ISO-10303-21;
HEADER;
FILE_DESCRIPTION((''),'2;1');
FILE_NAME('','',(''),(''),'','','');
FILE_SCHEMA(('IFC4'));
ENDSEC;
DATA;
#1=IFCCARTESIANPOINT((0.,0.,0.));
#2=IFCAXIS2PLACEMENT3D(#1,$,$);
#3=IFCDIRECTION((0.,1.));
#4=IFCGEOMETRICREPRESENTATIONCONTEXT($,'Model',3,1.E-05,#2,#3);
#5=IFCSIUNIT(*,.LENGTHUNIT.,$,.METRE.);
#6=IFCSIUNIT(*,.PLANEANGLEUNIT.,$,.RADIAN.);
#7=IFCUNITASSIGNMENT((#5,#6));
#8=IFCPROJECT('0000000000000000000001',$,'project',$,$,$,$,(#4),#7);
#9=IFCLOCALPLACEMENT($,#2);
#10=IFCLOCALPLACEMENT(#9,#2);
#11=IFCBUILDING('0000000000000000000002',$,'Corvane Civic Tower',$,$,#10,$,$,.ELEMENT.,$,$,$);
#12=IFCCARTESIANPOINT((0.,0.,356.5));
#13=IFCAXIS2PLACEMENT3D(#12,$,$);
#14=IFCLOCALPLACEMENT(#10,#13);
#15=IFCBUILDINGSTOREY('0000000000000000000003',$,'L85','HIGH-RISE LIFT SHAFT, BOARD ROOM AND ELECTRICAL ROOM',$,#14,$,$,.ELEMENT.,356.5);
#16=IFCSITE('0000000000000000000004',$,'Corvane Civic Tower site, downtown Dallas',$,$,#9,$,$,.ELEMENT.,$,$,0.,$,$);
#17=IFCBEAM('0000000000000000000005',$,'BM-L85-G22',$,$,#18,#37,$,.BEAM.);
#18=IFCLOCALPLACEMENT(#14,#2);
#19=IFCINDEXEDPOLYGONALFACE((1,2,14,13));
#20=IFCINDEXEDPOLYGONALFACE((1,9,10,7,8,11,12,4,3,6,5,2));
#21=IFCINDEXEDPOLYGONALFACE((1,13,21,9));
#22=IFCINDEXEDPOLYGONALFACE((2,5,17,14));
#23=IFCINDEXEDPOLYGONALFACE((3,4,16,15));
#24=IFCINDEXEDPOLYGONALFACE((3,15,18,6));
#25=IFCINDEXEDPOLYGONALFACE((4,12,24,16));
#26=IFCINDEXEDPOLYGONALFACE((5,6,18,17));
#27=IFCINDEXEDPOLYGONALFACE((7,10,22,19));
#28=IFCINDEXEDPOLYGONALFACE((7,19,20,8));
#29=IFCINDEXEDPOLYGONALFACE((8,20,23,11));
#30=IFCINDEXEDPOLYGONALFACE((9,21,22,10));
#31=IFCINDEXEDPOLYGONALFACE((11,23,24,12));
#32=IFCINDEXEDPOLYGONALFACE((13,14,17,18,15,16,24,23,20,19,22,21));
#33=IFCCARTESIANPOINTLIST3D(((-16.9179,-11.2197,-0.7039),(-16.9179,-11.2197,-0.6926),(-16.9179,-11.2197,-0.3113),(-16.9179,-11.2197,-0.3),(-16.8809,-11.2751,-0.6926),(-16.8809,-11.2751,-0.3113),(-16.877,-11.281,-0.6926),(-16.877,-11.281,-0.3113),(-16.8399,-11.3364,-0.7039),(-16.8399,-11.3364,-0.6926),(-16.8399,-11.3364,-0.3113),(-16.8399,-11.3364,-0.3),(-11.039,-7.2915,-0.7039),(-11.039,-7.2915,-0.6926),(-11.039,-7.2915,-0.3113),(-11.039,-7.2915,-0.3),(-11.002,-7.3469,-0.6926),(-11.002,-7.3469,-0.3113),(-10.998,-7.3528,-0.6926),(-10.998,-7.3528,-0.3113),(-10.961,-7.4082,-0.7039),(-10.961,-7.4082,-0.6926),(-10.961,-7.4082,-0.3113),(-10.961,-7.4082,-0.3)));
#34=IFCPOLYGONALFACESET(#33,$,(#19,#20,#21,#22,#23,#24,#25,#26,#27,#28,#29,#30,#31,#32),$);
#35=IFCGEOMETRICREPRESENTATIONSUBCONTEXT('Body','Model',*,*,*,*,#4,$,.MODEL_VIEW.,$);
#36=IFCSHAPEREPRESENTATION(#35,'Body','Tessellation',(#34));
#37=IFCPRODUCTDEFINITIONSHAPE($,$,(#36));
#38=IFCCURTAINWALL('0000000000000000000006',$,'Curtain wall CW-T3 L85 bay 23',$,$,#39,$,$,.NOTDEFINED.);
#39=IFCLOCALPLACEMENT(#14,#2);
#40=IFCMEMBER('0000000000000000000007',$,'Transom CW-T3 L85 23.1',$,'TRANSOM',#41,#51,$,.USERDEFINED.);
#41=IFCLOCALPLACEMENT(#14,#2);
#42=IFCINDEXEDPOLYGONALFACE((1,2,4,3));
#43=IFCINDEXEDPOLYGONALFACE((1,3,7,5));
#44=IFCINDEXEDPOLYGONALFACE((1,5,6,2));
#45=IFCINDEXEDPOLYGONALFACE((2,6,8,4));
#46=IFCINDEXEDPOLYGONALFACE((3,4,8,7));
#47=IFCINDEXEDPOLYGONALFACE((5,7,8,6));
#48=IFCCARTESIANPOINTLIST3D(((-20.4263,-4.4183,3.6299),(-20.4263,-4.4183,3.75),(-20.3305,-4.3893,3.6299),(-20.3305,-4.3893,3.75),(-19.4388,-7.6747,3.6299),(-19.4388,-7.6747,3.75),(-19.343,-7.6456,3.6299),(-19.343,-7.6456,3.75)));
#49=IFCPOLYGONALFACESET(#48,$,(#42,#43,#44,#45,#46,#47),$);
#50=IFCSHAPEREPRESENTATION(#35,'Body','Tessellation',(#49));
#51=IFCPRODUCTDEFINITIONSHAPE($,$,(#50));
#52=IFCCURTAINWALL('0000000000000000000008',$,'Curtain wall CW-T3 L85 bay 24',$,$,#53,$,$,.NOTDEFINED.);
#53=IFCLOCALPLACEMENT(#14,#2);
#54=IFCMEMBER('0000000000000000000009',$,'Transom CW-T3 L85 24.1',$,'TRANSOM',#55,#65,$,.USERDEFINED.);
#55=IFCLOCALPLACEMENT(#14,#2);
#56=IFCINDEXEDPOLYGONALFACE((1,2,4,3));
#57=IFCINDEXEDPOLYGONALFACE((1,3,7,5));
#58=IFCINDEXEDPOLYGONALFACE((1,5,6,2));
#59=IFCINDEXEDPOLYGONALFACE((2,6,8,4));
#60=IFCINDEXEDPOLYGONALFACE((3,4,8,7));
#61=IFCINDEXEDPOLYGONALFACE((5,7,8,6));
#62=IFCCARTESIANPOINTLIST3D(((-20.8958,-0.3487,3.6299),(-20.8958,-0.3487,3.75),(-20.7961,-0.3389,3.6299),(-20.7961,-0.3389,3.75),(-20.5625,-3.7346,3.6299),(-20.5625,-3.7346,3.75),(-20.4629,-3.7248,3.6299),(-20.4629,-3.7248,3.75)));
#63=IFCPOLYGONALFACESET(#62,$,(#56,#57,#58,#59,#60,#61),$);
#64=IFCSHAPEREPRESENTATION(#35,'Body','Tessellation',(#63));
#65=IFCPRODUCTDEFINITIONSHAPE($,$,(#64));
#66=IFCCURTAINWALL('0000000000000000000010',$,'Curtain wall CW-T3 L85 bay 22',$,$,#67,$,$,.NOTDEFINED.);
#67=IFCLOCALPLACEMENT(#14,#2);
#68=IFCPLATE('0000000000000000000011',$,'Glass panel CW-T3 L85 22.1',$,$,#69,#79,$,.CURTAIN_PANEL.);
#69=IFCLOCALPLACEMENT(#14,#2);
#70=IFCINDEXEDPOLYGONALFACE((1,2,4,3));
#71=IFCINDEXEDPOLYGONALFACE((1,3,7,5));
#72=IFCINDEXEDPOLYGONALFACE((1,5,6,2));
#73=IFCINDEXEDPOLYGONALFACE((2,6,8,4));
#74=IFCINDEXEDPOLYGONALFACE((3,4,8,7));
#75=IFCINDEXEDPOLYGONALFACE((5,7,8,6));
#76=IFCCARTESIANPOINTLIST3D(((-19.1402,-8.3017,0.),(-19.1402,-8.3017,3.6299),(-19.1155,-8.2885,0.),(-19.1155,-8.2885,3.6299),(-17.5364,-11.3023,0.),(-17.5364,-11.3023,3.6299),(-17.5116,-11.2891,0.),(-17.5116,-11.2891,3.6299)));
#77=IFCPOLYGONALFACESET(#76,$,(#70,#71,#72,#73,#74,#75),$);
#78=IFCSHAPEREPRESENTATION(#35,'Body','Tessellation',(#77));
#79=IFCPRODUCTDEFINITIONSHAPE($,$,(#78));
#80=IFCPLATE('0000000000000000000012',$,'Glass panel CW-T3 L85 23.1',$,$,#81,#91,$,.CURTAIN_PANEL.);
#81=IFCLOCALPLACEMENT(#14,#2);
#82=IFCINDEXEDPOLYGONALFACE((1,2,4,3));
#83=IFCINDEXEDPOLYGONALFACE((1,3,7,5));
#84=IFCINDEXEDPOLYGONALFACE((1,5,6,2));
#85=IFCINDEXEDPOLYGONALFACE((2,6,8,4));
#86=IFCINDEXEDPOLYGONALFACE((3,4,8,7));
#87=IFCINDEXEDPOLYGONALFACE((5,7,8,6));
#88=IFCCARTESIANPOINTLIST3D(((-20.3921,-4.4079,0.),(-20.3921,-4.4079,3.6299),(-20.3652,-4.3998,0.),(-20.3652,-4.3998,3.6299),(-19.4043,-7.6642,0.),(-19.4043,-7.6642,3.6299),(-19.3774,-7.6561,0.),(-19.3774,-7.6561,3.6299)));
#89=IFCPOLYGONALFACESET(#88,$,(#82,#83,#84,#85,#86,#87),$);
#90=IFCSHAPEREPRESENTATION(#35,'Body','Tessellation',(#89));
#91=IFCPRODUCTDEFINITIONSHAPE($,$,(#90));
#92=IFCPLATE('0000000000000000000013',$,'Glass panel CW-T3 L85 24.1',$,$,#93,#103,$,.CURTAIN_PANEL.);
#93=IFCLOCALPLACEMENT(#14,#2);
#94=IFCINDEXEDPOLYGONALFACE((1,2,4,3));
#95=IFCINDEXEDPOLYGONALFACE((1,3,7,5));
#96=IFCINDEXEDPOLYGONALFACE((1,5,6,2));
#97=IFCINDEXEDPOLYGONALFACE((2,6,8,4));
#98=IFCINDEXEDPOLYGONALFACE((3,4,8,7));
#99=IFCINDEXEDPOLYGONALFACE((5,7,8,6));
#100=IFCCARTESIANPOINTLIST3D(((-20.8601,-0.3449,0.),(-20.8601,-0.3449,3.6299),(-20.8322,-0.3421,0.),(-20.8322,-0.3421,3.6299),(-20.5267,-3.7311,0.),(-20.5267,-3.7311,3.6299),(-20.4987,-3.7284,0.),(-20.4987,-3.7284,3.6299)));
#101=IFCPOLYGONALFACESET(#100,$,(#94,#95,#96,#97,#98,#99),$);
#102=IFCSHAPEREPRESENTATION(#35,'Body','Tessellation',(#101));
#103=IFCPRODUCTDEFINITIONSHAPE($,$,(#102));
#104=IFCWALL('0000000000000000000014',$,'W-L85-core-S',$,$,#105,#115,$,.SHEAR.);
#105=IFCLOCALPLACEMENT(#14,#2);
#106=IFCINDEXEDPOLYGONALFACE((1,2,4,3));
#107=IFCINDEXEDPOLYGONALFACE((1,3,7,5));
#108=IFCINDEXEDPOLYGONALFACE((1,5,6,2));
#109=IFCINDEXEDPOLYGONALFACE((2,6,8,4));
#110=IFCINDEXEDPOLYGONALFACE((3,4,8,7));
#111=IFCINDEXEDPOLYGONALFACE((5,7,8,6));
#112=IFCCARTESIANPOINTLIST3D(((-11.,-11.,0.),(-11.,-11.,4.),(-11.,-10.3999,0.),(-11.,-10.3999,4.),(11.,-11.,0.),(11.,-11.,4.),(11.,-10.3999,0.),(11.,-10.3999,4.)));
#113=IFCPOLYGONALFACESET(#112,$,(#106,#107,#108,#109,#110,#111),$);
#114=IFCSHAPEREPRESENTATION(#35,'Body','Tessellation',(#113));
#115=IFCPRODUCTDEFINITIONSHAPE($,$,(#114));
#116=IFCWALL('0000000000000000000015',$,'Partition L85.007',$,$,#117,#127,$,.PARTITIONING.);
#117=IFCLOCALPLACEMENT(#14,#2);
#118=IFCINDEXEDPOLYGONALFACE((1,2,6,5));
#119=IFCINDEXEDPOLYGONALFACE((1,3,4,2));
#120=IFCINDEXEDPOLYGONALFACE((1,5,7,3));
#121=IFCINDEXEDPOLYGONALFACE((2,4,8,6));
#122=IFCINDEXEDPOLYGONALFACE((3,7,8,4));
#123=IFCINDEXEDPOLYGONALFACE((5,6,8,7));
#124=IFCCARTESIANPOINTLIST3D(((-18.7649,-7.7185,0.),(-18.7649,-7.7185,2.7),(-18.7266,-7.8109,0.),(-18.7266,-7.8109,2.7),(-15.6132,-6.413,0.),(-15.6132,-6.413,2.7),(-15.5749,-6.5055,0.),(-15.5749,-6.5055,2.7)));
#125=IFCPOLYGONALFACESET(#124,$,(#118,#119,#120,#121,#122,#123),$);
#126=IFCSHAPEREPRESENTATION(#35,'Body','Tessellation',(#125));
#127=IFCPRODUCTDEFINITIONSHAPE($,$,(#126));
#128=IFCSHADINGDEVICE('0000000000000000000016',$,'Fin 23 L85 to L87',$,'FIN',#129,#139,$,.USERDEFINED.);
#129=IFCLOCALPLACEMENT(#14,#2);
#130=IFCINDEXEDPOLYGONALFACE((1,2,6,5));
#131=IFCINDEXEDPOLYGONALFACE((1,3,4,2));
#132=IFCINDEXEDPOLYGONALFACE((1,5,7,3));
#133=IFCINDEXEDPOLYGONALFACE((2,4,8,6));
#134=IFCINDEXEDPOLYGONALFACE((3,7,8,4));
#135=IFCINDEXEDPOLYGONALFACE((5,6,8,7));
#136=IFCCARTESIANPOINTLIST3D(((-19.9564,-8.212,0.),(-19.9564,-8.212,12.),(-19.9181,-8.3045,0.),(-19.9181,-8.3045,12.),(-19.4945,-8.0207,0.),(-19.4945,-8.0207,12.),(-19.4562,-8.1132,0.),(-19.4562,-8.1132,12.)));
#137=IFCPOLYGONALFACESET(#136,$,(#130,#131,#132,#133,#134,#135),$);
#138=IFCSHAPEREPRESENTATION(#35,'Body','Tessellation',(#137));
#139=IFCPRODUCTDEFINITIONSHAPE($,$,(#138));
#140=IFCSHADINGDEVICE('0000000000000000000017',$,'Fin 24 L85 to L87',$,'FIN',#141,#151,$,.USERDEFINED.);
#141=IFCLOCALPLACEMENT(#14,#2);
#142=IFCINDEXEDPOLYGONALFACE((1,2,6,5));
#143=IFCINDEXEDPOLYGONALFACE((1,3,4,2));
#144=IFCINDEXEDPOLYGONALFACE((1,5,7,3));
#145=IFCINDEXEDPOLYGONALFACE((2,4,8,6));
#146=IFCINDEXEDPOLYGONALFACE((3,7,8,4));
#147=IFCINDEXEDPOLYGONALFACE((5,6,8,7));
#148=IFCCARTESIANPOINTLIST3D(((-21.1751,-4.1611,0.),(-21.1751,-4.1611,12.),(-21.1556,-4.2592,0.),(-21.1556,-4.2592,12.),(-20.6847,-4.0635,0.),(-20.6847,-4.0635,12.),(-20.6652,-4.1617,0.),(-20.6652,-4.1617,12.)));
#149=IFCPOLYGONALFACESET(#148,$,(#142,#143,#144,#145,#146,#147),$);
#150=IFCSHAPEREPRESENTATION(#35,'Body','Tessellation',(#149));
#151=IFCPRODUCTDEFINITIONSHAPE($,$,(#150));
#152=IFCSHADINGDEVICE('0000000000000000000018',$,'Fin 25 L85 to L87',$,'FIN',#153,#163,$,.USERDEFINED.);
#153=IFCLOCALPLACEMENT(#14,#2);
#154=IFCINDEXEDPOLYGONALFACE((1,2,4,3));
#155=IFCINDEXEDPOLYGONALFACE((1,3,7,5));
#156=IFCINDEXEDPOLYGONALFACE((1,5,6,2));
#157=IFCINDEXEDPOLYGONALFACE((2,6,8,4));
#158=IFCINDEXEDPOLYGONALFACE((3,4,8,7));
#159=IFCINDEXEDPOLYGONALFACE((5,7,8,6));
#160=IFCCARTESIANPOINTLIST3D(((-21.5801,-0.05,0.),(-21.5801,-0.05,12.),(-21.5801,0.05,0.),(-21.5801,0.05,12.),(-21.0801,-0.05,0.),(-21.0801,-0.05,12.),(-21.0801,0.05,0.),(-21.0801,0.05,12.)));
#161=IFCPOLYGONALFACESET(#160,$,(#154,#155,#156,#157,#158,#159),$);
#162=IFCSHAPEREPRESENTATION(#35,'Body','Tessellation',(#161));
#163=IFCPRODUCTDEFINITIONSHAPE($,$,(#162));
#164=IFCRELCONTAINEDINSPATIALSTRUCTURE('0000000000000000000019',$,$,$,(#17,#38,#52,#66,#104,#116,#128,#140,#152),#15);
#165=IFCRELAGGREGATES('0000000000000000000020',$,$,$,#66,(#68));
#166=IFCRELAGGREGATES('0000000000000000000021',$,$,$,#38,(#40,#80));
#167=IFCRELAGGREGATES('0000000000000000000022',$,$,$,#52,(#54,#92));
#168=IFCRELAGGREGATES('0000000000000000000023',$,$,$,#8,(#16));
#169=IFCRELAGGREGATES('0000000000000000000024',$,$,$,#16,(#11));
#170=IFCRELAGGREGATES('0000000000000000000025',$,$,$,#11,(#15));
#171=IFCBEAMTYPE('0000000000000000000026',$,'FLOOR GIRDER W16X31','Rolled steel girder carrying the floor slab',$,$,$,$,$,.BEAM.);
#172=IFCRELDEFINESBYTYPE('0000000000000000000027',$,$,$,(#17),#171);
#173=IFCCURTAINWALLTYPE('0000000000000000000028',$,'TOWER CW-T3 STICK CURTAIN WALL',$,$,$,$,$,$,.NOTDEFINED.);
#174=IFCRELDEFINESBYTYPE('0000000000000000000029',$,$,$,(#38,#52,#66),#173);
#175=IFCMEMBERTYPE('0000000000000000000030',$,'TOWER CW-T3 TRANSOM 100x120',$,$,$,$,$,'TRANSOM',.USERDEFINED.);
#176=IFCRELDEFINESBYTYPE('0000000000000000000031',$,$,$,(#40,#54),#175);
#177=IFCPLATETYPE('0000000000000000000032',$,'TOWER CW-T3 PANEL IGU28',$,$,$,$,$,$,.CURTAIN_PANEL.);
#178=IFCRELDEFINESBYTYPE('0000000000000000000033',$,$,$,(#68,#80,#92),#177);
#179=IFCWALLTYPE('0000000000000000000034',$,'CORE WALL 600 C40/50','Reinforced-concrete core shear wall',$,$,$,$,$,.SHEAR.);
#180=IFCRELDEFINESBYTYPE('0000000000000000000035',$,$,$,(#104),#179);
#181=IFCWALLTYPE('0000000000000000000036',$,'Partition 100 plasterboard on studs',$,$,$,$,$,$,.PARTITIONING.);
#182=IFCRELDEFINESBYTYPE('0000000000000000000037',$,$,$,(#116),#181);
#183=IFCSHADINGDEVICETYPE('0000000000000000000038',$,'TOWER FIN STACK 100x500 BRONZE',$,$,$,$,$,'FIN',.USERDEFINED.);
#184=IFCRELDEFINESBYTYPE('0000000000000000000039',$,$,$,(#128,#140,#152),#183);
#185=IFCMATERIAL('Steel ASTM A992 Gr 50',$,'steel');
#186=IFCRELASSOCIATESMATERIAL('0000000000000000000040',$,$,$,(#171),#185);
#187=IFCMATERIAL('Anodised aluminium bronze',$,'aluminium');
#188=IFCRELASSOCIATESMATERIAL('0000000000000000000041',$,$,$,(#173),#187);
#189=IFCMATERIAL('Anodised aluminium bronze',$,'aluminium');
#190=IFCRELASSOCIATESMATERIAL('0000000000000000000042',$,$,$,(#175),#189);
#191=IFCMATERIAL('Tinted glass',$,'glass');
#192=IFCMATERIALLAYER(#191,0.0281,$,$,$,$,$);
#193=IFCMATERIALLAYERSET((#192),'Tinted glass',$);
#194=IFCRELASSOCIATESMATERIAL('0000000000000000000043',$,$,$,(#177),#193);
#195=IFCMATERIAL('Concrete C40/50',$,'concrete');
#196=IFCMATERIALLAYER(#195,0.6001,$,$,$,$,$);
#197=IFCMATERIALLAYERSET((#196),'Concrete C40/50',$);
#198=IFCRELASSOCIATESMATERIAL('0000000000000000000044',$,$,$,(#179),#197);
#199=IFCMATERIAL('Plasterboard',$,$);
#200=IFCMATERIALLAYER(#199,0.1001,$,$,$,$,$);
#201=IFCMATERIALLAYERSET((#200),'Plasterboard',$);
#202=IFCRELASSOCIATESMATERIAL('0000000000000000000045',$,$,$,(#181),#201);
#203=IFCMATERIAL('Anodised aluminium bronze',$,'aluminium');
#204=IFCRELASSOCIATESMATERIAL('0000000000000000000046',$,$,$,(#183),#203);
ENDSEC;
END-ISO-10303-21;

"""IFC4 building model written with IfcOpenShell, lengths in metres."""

from ifc_helpers import new_model, si_unit, direction, frame, frame_2d, origin, origin_2d, place, context, subcontext, project, spatial, rectangle, i_section, extrude, material, layer, layer_set, material_profile, profile_set, type_object, element, aggregate, save


model = new_model("IFC4")

# Units and contexts
model_context = context("Model", 3, precision=1e-05, world=origin(), true_north=direction((0.0, 1.0)))
body_context = subcontext(model_context, "Body", "Model", "MODEL_VIEW")
ifc_project = project(units=[si_unit("LENGTHUNIT", "METRE"), si_unit("PLANEANGLEUNIT", "RADIAN")], contexts=[model_context])

# Site, building, storey
site_placement = place(None, origin())
site = spatial("IfcSite", under=ifc_project, at=site_placement, Name="Corvane Civic Tower site, downtown Dallas", CompositionType="ELEMENT", RefElevation=0.0)
building_placement = place(site_placement, origin())
building = spatial("IfcBuilding", under=site, at=building_placement, Name="Corvane Civic Tower", CompositionType="ELEMENT")
storey_placement = place(building_placement, frame((0.0, 0.0, 356.5)))
storey = spatial("IfcBuildingStorey", under=building, at=storey_placement, Name="L85", Description="HIGH-RISE LIFT SHAFT, BOARD ROOM AND ELECTRICAL ROOM", CompositionType="ELEMENT", Elevation=356.5)

# Beam
ifc_material_1 = material(Name="Steel ASTM A992 Gr 50", Category="steel")
ifc_material_profile_1 = material_profile(ifc_material_1, i_section(OverallWidth=0.1404, OverallDepth=0.4038, WebThickness=0.0071, FlangeThickness=0.0112, at=origin_2d()), Name="W16X31")
ifc_profile_set_1 = profile_set([ifc_material_profile_1], Name="Steel ASTM A992 Gr 50")
beam_type_1 = type_object("IfcBeamType", Name="FLOOR GIRDER W16X31", Description="Rolled steel girder carrying the floor slab", PredefinedType="BEAM", material=ifc_profile_set_1)
beam_1_placement = place(storey_placement, frame((-11.0, -7.3499, -0.502), z_axis=(-0.831465, -0.555576, 0.0), x_axis=(0.555576, -0.831465, 0.0)))
element("IfcBeam", 1, at=beam_1_placement, inside=storey, type_object=beam_type_1, Name="BM-L85-G22", PredefinedType="BEAM", context=body_context, shape_type="SweptSolid", body=[
    extrude(i_section(OverallWidth=0.1404, OverallDepth=0.4038, WebThickness=0.0071, FlangeThickness=0.0112, at=origin_2d()), origin(), (0.0, 0.0, 1.0), 7.0706),
])

# Curtain walls, members
ifc_material_2 = material(Name="Anodised aluminium bronze", Category="aluminium")
curtain_wall_type = type_object("IfcCurtainWallType", Name="TOWER CW-T3 STICK CURTAIN WALL", PredefinedType="NOTDEFINED", material=ifc_material_2)
curtain_wall_1_placement = place(storey_placement, origin())
curtain_wall_1 = element("IfcCurtainWall", 2, at=curtain_wall_1_placement, inside=storey, type_object=curtain_wall_type, Name="Curtain wall CW-T3 L85 bay 23", PredefinedType="NOTDEFINED")
ifc_material_3 = material(Name="Anodised aluminium bronze", Category="aluminium")
ifc_material_profile_2 = material_profile(ifc_material_3, rectangle(XDim=0.1001, YDim=0.1201, at=origin_2d()), Name="TOWER CW-T3 TRANSOM 100x120")
ifc_profile_set_2 = profile_set([ifc_material_profile_2], Name="Anodised aluminium bronze")
member_type = type_object("IfcMemberType", Name="TOWER CW-T3 TRANSOM 100x120", ElementType="TRANSOM", PredefinedType="USERDEFINED", material=ifc_profile_set_2)
member_1_placement = place(storey_placement, frame((-19.3909, -7.6602, 3.6899), z_axis=(-0.290216, 0.956961, 0.0), x_axis=(-0.956961, -0.290216, 0.0)))
member_1 = element("IfcMember", 3, at=member_1_placement, type_object=member_type, Name="Transom CW-T3 L85 23.1", ObjectType="TRANSOM", PredefinedType="USERDEFINED", context=body_context, shape_type="SweptSolid", body=[
    extrude(rectangle(XDim=0.1001, YDim=0.1201, at=origin_2d()), origin(), (0.0, 0.0, 1.0), 3.4028),
])
curtain_wall_2_placement = place(storey_placement, origin())
curtain_wall_2 = element("IfcCurtainWall", 4, at=curtain_wall_2_placement, inside=storey, type_object=curtain_wall_type, Name="Curtain wall CW-T3 L85 bay 24", PredefinedType="NOTDEFINED")
member_2_placement = place(storey_placement, frame((-20.5127, -3.7297, 3.6899), z_axis=(-0.097948, 0.995192, 0.0), x_axis=(-0.995192, -0.097948, 0.0)))
member_2 = element("IfcMember", 5, at=member_2_placement, type_object=member_type, Name="Transom CW-T3 L85 24.1", ObjectType="TRANSOM", PredefinedType="USERDEFINED", context=body_context, shape_type="SweptSolid", body=[
    extrude(rectangle(XDim=0.1001, YDim=0.1201, at=origin_2d()), origin(), (0.0, 0.0, 1.0), 3.4023),
])

# Curtain wall, plate
curtain_wall_3_placement = place(storey_placement, origin())
curtain_wall_3 = element("IfcCurtainWall", 6, at=curtain_wall_3_placement, inside=storey, type_object=curtain_wall_type, Name="Curtain wall CW-T3 L85 bay 22", PredefinedType="NOTDEFINED")
ifc_material_4 = material(Name="Tinted glass", Category="glass")
ifc_layer_1 = layer(ifc_material_4, 0.0281)
ifc_layer_set_1 = layer_set([ifc_layer_1], Name="Tinted glass")
plate_type = type_object("IfcPlateType", Name="TOWER CW-T3 PANEL IGU28", PredefinedType="CURTAIN_PANEL", material=ifc_layer_set_1)
plate_1_placement = place(storey_placement, frame((-18.3259, -9.7954, 0.0), z_axis=(0.0, 0.0, 1.0), x_axis=(-0.471384, 0.881928, 0.0)))
plate_1 = element("IfcPlate", 7, at=plate_1_placement, type_object=plate_type, Name="Glass panel CW-T3 L85 22.1", PredefinedType="CURTAIN_PANEL", context=body_context, shape_type="SweptSolid", body=[
    extrude(rectangle(XDim=3.4023, YDim=0.0281, at=origin_2d()), origin(), (0.0, 0.0, 1.0), 3.6299),
])
aggregate(curtain_wall_3, [plate_1])

# Plates
plate_2_placement = place(storey_placement, frame((-19.8848, -6.032, 0.0), z_axis=(0.0, 0.0, 1.0), x_axis=(-0.29029, 0.956939, 0.0)))
plate_2 = element("IfcPlate", 8, at=plate_2_placement, type_object=plate_type, Name="Glass panel CW-T3 L85 23.1", PredefinedType="CURTAIN_PANEL", context=body_context, shape_type="SweptSolid", body=[
    extrude(rectangle(XDim=3.4028, YDim=0.0281, at=origin_2d()), origin(), (0.0, 0.0, 1.0), 3.6299),
])
aggregate(curtain_wall_1, [member_1, plate_2])
plate_3_placement = place(storey_placement, frame((-20.6794, -2.0366, 0.0), z_axis=(0.0, 0.0, 1.0), x_axis=(-0.097998, 0.995187, 0.0)))
plate_3 = element("IfcPlate", 9, at=plate_3_placement, type_object=plate_type, Name="Glass panel CW-T3 L85 24.1", PredefinedType="CURTAIN_PANEL", context=body_context, shape_type="SweptSolid", body=[
    extrude(rectangle(XDim=3.4026, YDim=0.0281, at=origin_2d()), origin(), (0.0, 0.0, 1.0), 3.6299),
])
aggregate(curtain_wall_2, [member_2, plate_3])

# Walls
ifc_material_5 = material(Name="Concrete C40/50", Category="concrete")
ifc_layer_2 = layer(ifc_material_5, 0.6001)
ifc_layer_set_2 = layer_set([ifc_layer_2], Name="Concrete C40/50")
wall_type_1 = type_object("IfcWallType", Name="CORE WALL 600 C40/50", Description="Reinforced-concrete core shear wall", PredefinedType="SHEAR", material=ifc_layer_set_2)
wall_1_placement = place(storey_placement, frame((-11.0, -10.7, 0.0), z_axis=(0.0, 0.0, 1.0), x_axis=(1.0, 0.0, 0.0)))
element("IfcWall", 10, at=wall_1_placement, inside=storey, type_object=wall_type_1, Name="W-L85-core-S", PredefinedType="SHEAR", context=body_context, shape_type="SweptSolid", body=[
    extrude(rectangle(XDim=22.0, YDim=0.6001, at=frame_2d((11.0, 0.0))), origin(), (0.0, 0.0, 1.0), 4.0),
])
ifc_material_6 = material(Name="Plasterboard")
ifc_layer_3 = layer(ifc_material_6, 0.1001)
ifc_layer_set_3 = layer_set([ifc_layer_3], Name="Plasterboard")
wall_type_2 = type_object("IfcWallType", Name="Partition 100 plasterboard on studs", PredefinedType="PARTITIONING", material=ifc_layer_set_3)
wall_2_placement = place(storey_placement, frame((-18.7456, -7.7646, 0.0), z_axis=(0.0, 0.0, 1.0), x_axis=(0.923882, 0.382678, 0.0)))
element("IfcWall", 11, at=wall_2_placement, inside=storey, type_object=wall_type_2, Name="Partition L85.007", PredefinedType="PARTITIONING", context=body_context, shape_type="SweptSolid", body=[
    extrude(rectangle(XDim=3.4114, YDim=0.1001, at=frame_2d((1.7056, 0.0))), origin(), (0.0, 0.0, 1.0), 2.7),
])

# Shading devices
ifc_material_7 = material(Name="Anodised aluminium bronze", Category="aluminium")
ifc_material_profile_3 = material_profile(ifc_material_7, rectangle(XDim=0.1001, YDim=0.5, at=origin_2d()), Name="TOWER FIN STACK 100x500 BRONZE")
ifc_profile_set_3 = profile_set([ifc_material_profile_3], Name="Anodised aluminium bronze")
shading_device_type = type_object("IfcShadingDeviceType", Name="TOWER FIN STACK 100x500 BRONZE", ElementType="FIN", PredefinedType="USERDEFINED", material=ifc_profile_set_3)
for number, where, z_axis, x_axis, name in (
    (12, (-19.7063, -8.1626, 0.0), (0.0, 0.0, 1.0), (-0.382683, 0.92388, 0.0), "Fin 23 L85 to L87"),
    (13, (-20.9202, -4.1614, 0.0), (0.0, 0.0, 1.0), (-0.19509, 0.980785, 0.0), "Fin 24 L85 to L87"),
    (14, (-21.3301, 0.0, 0.0), (0.0, 0.0, 1.0), (0.0, 1.0, 0.0), "Fin 25 L85 to L87"),
):
    element("IfcShadingDevice", number, at=place(storey_placement, frame(where, z_axis=z_axis, x_axis=x_axis)), inside=storey, type_object=shading_device_type, Name=name, ObjectType="FIN", PredefinedType="USERDEFINED", context=body_context, shape_type="SweptSolid", body=[
        extrude(rectangle(XDim=0.1001, YDim=0.5, at=origin_2d()), origin(), (0.0, 0.0, 1.0), 12.0),
    ])

save(model, "model.ifc")
